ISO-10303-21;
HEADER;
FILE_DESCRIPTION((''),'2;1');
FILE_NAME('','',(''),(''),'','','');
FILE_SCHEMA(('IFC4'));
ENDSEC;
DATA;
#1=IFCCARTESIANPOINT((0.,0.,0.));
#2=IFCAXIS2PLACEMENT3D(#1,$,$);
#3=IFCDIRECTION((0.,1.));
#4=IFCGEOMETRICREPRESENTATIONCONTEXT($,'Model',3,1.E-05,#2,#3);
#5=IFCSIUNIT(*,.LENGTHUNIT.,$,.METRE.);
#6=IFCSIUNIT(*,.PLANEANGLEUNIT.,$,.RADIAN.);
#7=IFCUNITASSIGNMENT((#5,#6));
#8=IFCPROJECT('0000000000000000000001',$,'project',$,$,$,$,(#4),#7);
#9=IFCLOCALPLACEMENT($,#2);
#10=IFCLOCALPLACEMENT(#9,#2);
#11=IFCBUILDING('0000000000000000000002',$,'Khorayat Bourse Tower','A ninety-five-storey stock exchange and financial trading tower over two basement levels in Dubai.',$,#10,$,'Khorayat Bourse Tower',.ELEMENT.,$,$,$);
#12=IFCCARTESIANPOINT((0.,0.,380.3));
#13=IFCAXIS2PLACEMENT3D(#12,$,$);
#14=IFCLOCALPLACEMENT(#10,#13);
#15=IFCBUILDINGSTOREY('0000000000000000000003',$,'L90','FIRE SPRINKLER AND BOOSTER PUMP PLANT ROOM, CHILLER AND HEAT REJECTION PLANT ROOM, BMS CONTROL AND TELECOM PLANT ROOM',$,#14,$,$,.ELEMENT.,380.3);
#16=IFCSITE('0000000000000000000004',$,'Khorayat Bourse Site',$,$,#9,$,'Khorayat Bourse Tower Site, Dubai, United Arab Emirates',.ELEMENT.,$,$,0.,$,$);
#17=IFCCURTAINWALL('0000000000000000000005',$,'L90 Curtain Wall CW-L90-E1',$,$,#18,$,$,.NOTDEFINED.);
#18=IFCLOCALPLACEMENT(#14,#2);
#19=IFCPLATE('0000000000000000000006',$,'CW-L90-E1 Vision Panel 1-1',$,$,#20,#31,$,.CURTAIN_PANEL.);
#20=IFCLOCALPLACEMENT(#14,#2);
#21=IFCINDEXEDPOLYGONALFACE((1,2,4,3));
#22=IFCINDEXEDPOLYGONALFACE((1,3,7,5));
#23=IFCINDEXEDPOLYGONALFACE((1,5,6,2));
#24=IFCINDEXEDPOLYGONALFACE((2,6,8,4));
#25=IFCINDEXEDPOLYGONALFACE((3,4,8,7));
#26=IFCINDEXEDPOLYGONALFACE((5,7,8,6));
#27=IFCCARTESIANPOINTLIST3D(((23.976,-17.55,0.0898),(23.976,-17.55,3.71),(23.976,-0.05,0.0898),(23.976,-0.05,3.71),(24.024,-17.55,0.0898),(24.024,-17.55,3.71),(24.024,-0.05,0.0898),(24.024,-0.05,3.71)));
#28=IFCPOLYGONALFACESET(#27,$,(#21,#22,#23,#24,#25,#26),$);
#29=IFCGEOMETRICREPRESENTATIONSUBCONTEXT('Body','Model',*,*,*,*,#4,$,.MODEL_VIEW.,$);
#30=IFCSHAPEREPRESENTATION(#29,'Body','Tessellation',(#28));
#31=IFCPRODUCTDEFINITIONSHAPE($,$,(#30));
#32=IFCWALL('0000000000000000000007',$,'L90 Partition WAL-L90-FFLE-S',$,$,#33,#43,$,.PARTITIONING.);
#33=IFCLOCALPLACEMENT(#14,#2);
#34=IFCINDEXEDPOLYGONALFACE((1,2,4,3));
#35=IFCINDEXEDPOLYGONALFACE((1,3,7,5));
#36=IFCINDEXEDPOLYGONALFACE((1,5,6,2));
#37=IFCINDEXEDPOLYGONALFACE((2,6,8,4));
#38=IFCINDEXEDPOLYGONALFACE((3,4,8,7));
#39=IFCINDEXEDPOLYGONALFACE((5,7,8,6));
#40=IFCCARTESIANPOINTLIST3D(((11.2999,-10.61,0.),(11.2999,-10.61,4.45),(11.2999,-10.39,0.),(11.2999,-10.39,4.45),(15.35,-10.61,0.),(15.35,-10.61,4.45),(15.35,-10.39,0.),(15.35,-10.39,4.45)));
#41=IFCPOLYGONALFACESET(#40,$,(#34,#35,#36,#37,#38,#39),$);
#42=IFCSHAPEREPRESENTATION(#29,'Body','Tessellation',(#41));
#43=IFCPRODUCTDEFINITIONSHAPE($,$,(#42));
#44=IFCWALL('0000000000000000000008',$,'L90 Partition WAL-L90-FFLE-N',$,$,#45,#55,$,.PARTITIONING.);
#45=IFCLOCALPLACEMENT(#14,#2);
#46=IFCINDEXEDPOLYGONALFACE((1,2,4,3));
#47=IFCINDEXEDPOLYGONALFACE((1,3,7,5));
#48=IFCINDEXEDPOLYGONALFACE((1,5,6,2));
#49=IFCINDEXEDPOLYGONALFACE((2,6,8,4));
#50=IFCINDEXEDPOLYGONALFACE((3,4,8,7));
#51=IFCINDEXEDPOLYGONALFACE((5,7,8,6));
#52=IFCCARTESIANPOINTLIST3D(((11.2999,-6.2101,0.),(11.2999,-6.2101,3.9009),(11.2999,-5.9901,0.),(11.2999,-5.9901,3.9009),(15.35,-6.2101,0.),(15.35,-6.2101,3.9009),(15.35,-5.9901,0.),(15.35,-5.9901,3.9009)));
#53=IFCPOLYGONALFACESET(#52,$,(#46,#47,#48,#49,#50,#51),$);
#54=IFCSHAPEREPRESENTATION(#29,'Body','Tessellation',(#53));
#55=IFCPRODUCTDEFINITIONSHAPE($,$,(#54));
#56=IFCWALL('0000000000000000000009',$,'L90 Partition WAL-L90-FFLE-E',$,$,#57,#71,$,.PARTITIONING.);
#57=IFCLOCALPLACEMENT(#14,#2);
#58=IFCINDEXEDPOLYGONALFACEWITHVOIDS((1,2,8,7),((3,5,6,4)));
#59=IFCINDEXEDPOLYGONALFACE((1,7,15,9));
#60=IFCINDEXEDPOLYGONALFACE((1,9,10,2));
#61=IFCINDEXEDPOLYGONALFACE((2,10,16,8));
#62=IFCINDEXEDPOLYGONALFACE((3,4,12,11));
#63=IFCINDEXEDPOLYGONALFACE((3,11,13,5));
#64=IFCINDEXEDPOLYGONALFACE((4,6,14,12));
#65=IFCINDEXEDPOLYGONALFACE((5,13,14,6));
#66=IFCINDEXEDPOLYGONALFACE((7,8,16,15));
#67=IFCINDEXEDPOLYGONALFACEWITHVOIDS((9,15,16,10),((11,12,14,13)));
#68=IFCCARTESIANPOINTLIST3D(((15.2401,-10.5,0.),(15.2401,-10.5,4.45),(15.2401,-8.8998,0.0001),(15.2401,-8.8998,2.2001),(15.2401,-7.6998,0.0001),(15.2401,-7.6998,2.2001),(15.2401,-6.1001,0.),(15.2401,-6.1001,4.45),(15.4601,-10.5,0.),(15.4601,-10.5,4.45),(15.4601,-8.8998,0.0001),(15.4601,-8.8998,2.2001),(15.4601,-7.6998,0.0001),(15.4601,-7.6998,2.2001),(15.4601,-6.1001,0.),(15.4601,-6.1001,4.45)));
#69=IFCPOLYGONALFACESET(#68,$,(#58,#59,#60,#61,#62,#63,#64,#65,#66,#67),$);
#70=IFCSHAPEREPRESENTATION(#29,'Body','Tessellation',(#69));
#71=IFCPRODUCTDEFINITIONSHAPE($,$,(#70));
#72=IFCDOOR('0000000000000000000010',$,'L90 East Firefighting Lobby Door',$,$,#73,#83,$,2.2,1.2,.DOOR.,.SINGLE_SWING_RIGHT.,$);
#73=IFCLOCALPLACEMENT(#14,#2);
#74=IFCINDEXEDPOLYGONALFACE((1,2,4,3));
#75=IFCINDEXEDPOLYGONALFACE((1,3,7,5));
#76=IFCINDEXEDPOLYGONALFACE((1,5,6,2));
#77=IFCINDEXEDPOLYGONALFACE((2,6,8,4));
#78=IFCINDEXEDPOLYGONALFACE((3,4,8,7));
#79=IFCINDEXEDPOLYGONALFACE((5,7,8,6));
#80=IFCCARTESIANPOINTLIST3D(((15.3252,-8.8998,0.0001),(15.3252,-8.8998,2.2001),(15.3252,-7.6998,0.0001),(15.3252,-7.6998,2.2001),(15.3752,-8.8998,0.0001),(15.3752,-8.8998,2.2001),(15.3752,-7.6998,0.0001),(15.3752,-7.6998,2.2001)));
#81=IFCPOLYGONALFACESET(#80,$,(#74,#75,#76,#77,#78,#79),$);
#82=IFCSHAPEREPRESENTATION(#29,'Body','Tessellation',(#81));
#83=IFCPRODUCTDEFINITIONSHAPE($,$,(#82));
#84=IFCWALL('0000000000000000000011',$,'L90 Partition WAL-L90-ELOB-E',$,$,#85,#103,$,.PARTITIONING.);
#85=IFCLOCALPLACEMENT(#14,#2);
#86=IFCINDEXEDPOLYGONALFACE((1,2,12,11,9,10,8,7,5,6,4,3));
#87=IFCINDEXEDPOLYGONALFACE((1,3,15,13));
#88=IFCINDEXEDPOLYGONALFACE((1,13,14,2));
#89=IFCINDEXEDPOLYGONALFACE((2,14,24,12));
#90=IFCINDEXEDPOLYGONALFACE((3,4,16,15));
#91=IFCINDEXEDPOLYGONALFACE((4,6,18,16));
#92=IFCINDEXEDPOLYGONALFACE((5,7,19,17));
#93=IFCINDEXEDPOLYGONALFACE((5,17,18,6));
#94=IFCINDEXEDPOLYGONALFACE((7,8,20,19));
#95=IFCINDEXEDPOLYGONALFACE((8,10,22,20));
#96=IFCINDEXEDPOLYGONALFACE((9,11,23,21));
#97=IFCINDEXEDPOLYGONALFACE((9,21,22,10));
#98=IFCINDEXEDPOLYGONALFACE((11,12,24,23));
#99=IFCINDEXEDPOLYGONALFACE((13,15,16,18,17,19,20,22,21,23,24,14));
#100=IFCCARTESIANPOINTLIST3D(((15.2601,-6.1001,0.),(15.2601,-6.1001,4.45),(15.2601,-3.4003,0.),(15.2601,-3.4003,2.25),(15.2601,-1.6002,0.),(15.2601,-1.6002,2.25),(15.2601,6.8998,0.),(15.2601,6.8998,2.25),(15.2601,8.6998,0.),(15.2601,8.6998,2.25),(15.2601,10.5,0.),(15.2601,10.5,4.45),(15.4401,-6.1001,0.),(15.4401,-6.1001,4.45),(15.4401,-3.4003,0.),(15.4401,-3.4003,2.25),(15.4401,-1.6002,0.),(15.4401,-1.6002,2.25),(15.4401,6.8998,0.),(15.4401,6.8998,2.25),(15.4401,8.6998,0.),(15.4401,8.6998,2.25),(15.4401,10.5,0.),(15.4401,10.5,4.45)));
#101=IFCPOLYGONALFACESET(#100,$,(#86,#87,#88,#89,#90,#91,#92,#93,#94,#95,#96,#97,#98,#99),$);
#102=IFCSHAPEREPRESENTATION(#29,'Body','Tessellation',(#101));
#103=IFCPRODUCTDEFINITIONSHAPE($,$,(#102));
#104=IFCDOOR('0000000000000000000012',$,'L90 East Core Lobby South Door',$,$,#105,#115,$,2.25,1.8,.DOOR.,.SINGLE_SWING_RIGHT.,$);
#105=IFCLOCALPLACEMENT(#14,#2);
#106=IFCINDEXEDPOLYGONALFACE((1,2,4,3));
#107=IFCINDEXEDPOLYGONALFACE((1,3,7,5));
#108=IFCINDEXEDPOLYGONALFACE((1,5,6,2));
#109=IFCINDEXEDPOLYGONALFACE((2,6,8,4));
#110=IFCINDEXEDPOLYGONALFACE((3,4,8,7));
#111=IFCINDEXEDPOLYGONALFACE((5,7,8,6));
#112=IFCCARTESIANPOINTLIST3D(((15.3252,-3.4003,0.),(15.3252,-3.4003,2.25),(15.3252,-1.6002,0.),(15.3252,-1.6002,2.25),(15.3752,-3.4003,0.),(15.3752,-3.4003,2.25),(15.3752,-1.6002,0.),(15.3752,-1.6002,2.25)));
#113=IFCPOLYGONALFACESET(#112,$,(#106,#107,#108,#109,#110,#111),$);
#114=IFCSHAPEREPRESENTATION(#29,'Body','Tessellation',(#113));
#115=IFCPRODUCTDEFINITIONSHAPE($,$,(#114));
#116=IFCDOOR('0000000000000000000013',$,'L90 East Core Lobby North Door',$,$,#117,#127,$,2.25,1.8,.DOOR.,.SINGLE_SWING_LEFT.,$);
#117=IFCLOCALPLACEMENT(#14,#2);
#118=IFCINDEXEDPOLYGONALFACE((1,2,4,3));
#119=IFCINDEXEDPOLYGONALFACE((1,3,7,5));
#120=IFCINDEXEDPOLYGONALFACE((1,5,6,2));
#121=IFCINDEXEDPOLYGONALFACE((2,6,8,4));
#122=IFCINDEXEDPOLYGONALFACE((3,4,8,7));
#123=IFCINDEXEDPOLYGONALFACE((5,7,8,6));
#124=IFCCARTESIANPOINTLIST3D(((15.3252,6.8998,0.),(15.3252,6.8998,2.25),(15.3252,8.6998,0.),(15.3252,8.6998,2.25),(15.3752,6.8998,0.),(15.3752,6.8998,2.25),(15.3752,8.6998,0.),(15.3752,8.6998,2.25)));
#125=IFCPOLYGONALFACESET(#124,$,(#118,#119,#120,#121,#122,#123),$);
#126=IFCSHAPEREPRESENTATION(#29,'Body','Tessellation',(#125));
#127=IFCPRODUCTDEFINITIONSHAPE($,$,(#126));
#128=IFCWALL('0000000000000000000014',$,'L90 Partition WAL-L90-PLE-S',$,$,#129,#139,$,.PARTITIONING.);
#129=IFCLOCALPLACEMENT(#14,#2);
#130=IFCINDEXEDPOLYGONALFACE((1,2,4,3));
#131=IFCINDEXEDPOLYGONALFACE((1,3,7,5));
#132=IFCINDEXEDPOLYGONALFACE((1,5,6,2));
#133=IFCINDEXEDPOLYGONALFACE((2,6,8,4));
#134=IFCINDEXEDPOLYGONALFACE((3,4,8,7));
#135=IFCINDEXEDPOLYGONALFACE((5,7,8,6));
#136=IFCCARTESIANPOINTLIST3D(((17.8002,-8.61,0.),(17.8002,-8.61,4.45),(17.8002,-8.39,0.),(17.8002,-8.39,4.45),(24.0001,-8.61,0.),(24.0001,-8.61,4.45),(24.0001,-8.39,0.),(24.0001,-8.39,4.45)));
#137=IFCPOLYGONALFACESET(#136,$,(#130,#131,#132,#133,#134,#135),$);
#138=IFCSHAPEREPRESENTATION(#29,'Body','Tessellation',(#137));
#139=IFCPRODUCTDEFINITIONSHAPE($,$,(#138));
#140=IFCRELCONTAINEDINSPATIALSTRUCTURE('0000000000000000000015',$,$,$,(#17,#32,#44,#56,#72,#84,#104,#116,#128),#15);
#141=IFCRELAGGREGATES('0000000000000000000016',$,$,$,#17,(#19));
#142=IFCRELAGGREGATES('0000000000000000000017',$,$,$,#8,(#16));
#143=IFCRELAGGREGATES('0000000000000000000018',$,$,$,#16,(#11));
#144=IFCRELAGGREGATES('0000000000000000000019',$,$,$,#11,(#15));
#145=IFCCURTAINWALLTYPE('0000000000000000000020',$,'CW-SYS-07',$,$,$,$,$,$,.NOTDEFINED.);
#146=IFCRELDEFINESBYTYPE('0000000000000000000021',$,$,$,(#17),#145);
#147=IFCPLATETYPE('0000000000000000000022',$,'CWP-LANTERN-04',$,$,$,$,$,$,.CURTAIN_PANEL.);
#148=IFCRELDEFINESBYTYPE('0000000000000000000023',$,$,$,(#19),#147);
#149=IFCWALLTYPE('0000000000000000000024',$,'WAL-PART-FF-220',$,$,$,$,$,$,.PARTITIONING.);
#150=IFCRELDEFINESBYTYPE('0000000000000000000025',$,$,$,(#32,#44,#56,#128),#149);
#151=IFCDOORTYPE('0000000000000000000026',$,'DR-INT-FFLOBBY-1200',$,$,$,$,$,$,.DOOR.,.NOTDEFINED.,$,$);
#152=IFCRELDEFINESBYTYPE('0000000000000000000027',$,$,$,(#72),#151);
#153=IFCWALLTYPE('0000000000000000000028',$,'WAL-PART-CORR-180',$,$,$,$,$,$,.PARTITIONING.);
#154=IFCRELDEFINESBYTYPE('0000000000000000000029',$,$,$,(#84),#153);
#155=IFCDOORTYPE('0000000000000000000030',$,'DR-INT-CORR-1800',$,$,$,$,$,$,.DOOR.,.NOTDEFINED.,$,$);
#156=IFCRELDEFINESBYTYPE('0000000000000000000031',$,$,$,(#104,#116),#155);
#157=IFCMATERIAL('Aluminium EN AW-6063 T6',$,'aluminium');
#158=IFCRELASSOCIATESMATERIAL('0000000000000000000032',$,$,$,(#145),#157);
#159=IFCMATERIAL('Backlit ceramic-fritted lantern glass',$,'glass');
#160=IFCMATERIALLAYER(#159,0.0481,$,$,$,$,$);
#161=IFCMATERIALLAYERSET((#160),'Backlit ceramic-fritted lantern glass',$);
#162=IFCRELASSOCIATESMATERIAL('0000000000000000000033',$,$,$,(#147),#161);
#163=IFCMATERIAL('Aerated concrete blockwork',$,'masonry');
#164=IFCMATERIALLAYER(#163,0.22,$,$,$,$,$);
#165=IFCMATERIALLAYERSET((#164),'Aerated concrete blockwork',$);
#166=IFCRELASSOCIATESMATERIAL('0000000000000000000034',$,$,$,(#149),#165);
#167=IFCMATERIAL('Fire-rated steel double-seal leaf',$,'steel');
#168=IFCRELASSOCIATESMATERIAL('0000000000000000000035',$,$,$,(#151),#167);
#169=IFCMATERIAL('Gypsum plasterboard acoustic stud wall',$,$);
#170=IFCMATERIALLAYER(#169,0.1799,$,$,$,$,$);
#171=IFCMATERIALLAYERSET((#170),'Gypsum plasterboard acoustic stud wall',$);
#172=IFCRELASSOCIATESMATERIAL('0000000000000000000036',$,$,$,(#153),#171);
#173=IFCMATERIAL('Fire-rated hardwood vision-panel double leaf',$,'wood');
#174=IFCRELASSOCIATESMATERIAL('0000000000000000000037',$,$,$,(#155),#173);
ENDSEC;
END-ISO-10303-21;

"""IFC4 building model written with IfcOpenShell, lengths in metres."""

from ifc_helpers import new_model, si_unit, direction, frame, frame_2d, origin, origin_2d, place, context, subcontext, project, spatial, rectangle, extrude, source, transform, mapped, material, layer, layer_set, type_object, element, fill, aggregate, save


model = new_model("IFC4")

# Units and contexts
model_context = context("Model", 3, precision=1e-05, world=origin(), true_north=direction((0.0, 1.0)))
body_context = subcontext(model_context, "Body", "Model", "MODEL_VIEW")
ifc_project = project(units=[si_unit("LENGTHUNIT", "METRE"), si_unit("PLANEANGLEUNIT", "RADIAN")], contexts=[model_context])

# Site, building, storey
site_placement = place(None, origin())
site = spatial("IfcSite", under=ifc_project, at=site_placement, Name="Khorayat Bourse Site", LongName="Khorayat Bourse Tower Site, Dubai, United Arab Emirates", CompositionType="ELEMENT", RefElevation=0.0)
building_placement = place(site_placement, origin())
building = spatial("IfcBuilding", under=site, at=building_placement, Name="Khorayat Bourse Tower", Description="A ninety-five-storey stock exchange and financial trading tower over two basement levels in Dubai.", LongName="Khorayat Bourse Tower", CompositionType="ELEMENT")
storey_placement = place(building_placement, frame((0.0, 0.0, 380.3)))
storey = spatial("IfcBuildingStorey", under=building, at=storey_placement, Name="L90", Description="FIRE SPRINKLER AND BOOSTER PUMP PLANT ROOM, CHILLER AND HEAT REJECTION PLANT ROOM, BMS CONTROL AND TELECOM PLANT ROOM", CompositionType="ELEMENT", Elevation=380.3)

# Curtain wall, plate
ifc_material_1 = material(Name="Aluminium EN AW-6063 T6", Category="aluminium")
curtain_wall_type = type_object("IfcCurtainWallType", Name="CW-SYS-07", PredefinedType="NOTDEFINED", material=ifc_material_1)
curtain_wall_placement = place(storey_placement, origin())
curtain_wall = element("IfcCurtainWall", 1, at=curtain_wall_placement, inside=storey, type_object=curtain_wall_type, Name="L90 Curtain Wall CW-L90-E1", PredefinedType="NOTDEFINED")
ifc_material_2 = material(Name="Backlit ceramic-fritted lantern glass", Category="glass")
ifc_layer_1 = layer(ifc_material_2, 0.0481)
ifc_layer_set_1 = layer_set([ifc_layer_1], Name="Backlit ceramic-fritted lantern glass")
plate_type_1 = type_object("IfcPlateType", Name="CWP-LANTERN-04", PredefinedType="CURTAIN_PANEL", material=ifc_layer_set_1)
shared_shape_1 = source(origin(), body_context, "Body", "SweptSolid", [
    extrude(rectangle(XDim=17.5, YDim=0.0481, at=origin_2d()), origin(), (0.0, 0.0, 1.0), 3.6201),
])
plate_placement = place(storey_placement, frame((24.0, -8.8, 0.0898), z_axis=(0.0, 0.0, 1.0), x_axis=(0.0, 1.0, 0.0)))
plate = element("IfcPlate", 2, at=plate_placement, type_object=plate_type_1, Name="CW-L90-E1 Vision Panel 1-1", PredefinedType="CURTAIN_PANEL", context=body_context, shape_type="MappedRepresentation", body=[
    mapped(shared_shape_1, transform((0.0, 0.0, 0.0), scale=1.0)),
])
aggregate(curtain_wall, [plate])

# Walls
ifc_material_3 = material(Name="Aerated concrete blockwork", Category="masonry")
ifc_layer_2 = layer(ifc_material_3, 0.22)
ifc_layer_set_2 = layer_set([ifc_layer_2], Name="Aerated concrete blockwork")
wall_type_1 = type_object("IfcWallType", Name="WAL-PART-FF-220", PredefinedType="PARTITIONING", material=ifc_layer_set_2)
shared_shape_2 = source(origin(), body_context, "Body", "SweptSolid", [
    extrude(rectangle(XDim=4.05, YDim=0.22, at=frame_2d((2.0249, 0.0))), origin(), (0.0, 0.0, 1.0), 4.45),
])
wall_1_placement = place(storey_placement, frame((11.3, -10.5, 0.0), z_axis=(0.0, 0.0, 1.0), x_axis=(1.0, 0.0, 0.0)))
element("IfcWall", 3, at=wall_1_placement, inside=storey, type_object=wall_type_1, Name="L90 Partition WAL-L90-FFLE-S", PredefinedType="PARTITIONING", context=body_context, shape_type="MappedRepresentation", body=[
    mapped(shared_shape_2, transform((0.0, 0.0, 0.0), scale=1.0)),
])
shared_shape_3 = source(origin(), body_context, "Body", "SweptSolid", [
    extrude(rectangle(XDim=4.05, YDim=0.22, at=frame_2d((2.0249, 0.0))), origin(), (0.0, 0.0, 1.0), 3.9009),
])
wall_2_placement = place(storey_placement, frame((11.3, -6.1001, 0.0), z_axis=(0.0, 0.0, 1.0), x_axis=(1.0, 0.0, 0.0)))
element("IfcWall", 4, at=wall_2_placement, inside=storey, type_object=wall_type_1, Name="L90 Partition WAL-L90-FFLE-N", PredefinedType="PARTITIONING", context=body_context, shape_type="MappedRepresentation", body=[
    mapped(shared_shape_3, transform((0.0, 0.0, 0.0), scale=1.0)),
])

# Wall, opening, door
shared_shape_4 = source(origin(), body_context, "Body", "SweptSolid", [
    extrude(rectangle(XDim=4.3999, YDim=0.22, at=frame_2d((2.2, 0.0))), origin(), (0.0, 0.0, 1.0), 4.45),
])
wall_3_placement = place(storey_placement, frame((15.3501, -10.5, 0.0), z_axis=(0.0, 0.0, 1.0), x_axis=(0.0, 1.0, 0.0)))
wall_3 = element("IfcWall", 5, at=wall_3_placement, inside=storey, type_object=wall_type_1, Name="L90 Partition WAL-L90-FFLE-E", PredefinedType="PARTITIONING", context=body_context, shape_type="MappedRepresentation", body=[
    mapped(shared_shape_4, transform((0.0, 0.0, 0.0), scale=1.0)),
])
shared_shape_5 = source(origin(), body_context, "Body", "SweptSolid", [
    extrude(rectangle(XDim=1.2, YDim=2.2, at=frame_2d((0.6001, 1.1001))), frame((0.0, 0.1199, 0.0), z_axis=(0.0, -1.0, 0.0), x_axis=(1.0, 0.0, 0.0)), (0.0, 0.0, 1.0), 0.24),
])
opening_1_placement = place(wall_3_placement, frame((1.6001, 0.0, 0.0)))
opening_1 = element("IfcOpeningElement", 6, at=opening_1_placement, cuts=wall_3, PredefinedType="OPENING", context=body_context, shape_type="MappedRepresentation", body=[
    mapped(shared_shape_5, transform((0.0, 0.0, 0.0), scale=1.0)),
])
ifc_material_4 = material(Name="Fire-rated steel double-seal leaf", Category="steel")
door_type_1 = type_object("IfcDoorType", Name="DR-INT-FFLOBBY-1200", OperationType="NOTDEFINED", PredefinedType="DOOR", material=ifc_material_4)
shared_shape_6 = source(origin(), body_context, "Body", "SweptSolid", [
    extrude(rectangle(XDim=1.2, YDim=2.2, at=frame_2d((0.6001, 1.1001))), frame((0.0, 0.0249, 0.0), z_axis=(0.0, -1.0, 0.0), x_axis=(1.0, 0.0, 0.0)), (0.0, 0.0, 1.0), 0.05),
])
door_1_placement = place(opening_1_placement, origin())
door_1 = element("IfcDoor", 7, at=door_1_placement, inside=storey, type_object=door_type_1, Name="L90 East Firefighting Lobby Door", OperationType="SINGLE_SWING_RIGHT", OverallHeight=2.2, OverallWidth=1.2, PredefinedType="DOOR", context=body_context, shape_type="MappedRepresentation", body=[
    mapped(shared_shape_6, transform((0.0, 0.0, 0.0), scale=1.0)),
])
fill(opening_1, door_1)

# Wall, openings, doors
ifc_material_5 = material(Name="Gypsum plasterboard acoustic stud wall")
ifc_layer_3 = layer(ifc_material_5, 0.1799)
ifc_layer_set_3 = layer_set([ifc_layer_3], Name="Gypsum plasterboard acoustic stud wall")
wall_type_2 = type_object("IfcWallType", Name="WAL-PART-CORR-180", PredefinedType="PARTITIONING", material=ifc_layer_set_3)
shared_shape_7 = source(origin(), body_context, "Body", "SweptSolid", [
    extrude(rectangle(XDim=16.6001, YDim=0.1799, at=frame_2d((8.3, 0.0))), origin(), (0.0, 0.0, 1.0), 4.45),
])
wall_4_placement = place(storey_placement, frame((15.3501, -6.1001, 0.0), z_axis=(0.0, 0.0, 1.0), x_axis=(0.0, 1.0, 0.0)))
wall_4 = element("IfcWall", 8, at=wall_4_placement, inside=storey, type_object=wall_type_2, Name="L90 Partition WAL-L90-ELOB-E", PredefinedType="PARTITIONING", context=body_context, shape_type="MappedRepresentation", body=[
    mapped(shared_shape_7, transform((0.0, 0.0, 0.0), scale=1.0)),
])
shared_shape_8 = source(origin(), body_context, "Body", "SweptSolid", [
    extrude(rectangle(XDim=1.8, YDim=2.25, at=frame_2d((0.8999, 1.125))), frame((0.0, 0.0999, 0.0), z_axis=(0.0, -1.0, 0.0), x_axis=(1.0, 0.0, 0.0)), (0.0, 0.0, 1.0), 0.2),
])
opening_2_placement = place(wall_4_placement, frame((2.7, 0.0, 0.0)))
opening_2 = element("IfcOpeningElement", 9, at=opening_2_placement, cuts=wall_4, PredefinedType="OPENING", context=body_context, shape_type="MappedRepresentation", body=[
    mapped(shared_shape_8, transform((0.0, 0.0, 0.0), scale=1.0)),
])
opening_3_placement = place(wall_4_placement, frame((13.0, 0.0, 0.0)))
opening_3 = element("IfcOpeningElement", 10, at=opening_3_placement, cuts=wall_4, PredefinedType="OPENING", context=body_context, shape_type="MappedRepresentation", body=[
    mapped(shared_shape_8, transform((0.0, 0.0, 0.0), scale=1.0)),
])
ifc_material_6 = material(Name="Fire-rated hardwood vision-panel double leaf", Category="wood")
door_type_2 = type_object("IfcDoorType", Name="DR-INT-CORR-1800", OperationType="NOTDEFINED", PredefinedType="DOOR", material=ifc_material_6)
shared_shape_9 = source(origin(), body_context, "Body", "SweptSolid", [
    extrude(rectangle(XDim=1.8, YDim=2.25, at=frame_2d((0.8999, 1.125))), frame((0.0, 0.0249, 0.0), z_axis=(0.0, -1.0, 0.0), x_axis=(1.0, 0.0, 0.0)), (0.0, 0.0, 1.0), 0.05),
])
door_2_placement = place(opening_2_placement, origin())
door_2 = element("IfcDoor", 11, at=door_2_placement, inside=storey, type_object=door_type_2, Name="L90 East Core Lobby South Door", OperationType="SINGLE_SWING_RIGHT", OverallHeight=2.25, OverallWidth=1.8, PredefinedType="DOOR", context=body_context, shape_type="MappedRepresentation", body=[
    mapped(shared_shape_9, transform((0.0, 0.0, 0.0), scale=1.0)),
])
fill(opening_2, door_2)
door_3_placement = place(opening_3_placement, origin())
door_3 = element("IfcDoor", 12, at=door_3_placement, inside=storey, type_object=door_type_2, Name="L90 East Core Lobby North Door", OperationType="SINGLE_SWING_LEFT", OverallHeight=2.25, OverallWidth=1.8, PredefinedType="DOOR", context=body_context, shape_type="MappedRepresentation", body=[
    mapped(shared_shape_9, transform((0.0, 0.0, 0.0), scale=1.0)),
])
fill(opening_3, door_3)

# Wall
shared_shape_10 = source(origin(), body_context, "Body", "SweptSolid", [
    extrude(rectangle(XDim=6.2, YDim=0.22, at=frame_2d((3.1001, 0.0))), origin(), (0.0, 0.0, 1.0), 4.45),
])
wall_5_placement = place(storey_placement, frame((17.8, -8.5, 0.0), z_axis=(0.0, 0.0, 1.0), x_axis=(1.0, 0.0, 0.0)))
element("IfcWall", 13, at=wall_5_placement, inside=storey, type_object=wall_type_1, Name="L90 Partition WAL-L90-PLE-S", PredefinedType="PARTITIONING", context=body_context, shape_type="MappedRepresentation", body=[
    mapped(shared_shape_10, transform((0.0, 0.0, 0.0), scale=1.0)),
])

save(model, "model.ifc")
